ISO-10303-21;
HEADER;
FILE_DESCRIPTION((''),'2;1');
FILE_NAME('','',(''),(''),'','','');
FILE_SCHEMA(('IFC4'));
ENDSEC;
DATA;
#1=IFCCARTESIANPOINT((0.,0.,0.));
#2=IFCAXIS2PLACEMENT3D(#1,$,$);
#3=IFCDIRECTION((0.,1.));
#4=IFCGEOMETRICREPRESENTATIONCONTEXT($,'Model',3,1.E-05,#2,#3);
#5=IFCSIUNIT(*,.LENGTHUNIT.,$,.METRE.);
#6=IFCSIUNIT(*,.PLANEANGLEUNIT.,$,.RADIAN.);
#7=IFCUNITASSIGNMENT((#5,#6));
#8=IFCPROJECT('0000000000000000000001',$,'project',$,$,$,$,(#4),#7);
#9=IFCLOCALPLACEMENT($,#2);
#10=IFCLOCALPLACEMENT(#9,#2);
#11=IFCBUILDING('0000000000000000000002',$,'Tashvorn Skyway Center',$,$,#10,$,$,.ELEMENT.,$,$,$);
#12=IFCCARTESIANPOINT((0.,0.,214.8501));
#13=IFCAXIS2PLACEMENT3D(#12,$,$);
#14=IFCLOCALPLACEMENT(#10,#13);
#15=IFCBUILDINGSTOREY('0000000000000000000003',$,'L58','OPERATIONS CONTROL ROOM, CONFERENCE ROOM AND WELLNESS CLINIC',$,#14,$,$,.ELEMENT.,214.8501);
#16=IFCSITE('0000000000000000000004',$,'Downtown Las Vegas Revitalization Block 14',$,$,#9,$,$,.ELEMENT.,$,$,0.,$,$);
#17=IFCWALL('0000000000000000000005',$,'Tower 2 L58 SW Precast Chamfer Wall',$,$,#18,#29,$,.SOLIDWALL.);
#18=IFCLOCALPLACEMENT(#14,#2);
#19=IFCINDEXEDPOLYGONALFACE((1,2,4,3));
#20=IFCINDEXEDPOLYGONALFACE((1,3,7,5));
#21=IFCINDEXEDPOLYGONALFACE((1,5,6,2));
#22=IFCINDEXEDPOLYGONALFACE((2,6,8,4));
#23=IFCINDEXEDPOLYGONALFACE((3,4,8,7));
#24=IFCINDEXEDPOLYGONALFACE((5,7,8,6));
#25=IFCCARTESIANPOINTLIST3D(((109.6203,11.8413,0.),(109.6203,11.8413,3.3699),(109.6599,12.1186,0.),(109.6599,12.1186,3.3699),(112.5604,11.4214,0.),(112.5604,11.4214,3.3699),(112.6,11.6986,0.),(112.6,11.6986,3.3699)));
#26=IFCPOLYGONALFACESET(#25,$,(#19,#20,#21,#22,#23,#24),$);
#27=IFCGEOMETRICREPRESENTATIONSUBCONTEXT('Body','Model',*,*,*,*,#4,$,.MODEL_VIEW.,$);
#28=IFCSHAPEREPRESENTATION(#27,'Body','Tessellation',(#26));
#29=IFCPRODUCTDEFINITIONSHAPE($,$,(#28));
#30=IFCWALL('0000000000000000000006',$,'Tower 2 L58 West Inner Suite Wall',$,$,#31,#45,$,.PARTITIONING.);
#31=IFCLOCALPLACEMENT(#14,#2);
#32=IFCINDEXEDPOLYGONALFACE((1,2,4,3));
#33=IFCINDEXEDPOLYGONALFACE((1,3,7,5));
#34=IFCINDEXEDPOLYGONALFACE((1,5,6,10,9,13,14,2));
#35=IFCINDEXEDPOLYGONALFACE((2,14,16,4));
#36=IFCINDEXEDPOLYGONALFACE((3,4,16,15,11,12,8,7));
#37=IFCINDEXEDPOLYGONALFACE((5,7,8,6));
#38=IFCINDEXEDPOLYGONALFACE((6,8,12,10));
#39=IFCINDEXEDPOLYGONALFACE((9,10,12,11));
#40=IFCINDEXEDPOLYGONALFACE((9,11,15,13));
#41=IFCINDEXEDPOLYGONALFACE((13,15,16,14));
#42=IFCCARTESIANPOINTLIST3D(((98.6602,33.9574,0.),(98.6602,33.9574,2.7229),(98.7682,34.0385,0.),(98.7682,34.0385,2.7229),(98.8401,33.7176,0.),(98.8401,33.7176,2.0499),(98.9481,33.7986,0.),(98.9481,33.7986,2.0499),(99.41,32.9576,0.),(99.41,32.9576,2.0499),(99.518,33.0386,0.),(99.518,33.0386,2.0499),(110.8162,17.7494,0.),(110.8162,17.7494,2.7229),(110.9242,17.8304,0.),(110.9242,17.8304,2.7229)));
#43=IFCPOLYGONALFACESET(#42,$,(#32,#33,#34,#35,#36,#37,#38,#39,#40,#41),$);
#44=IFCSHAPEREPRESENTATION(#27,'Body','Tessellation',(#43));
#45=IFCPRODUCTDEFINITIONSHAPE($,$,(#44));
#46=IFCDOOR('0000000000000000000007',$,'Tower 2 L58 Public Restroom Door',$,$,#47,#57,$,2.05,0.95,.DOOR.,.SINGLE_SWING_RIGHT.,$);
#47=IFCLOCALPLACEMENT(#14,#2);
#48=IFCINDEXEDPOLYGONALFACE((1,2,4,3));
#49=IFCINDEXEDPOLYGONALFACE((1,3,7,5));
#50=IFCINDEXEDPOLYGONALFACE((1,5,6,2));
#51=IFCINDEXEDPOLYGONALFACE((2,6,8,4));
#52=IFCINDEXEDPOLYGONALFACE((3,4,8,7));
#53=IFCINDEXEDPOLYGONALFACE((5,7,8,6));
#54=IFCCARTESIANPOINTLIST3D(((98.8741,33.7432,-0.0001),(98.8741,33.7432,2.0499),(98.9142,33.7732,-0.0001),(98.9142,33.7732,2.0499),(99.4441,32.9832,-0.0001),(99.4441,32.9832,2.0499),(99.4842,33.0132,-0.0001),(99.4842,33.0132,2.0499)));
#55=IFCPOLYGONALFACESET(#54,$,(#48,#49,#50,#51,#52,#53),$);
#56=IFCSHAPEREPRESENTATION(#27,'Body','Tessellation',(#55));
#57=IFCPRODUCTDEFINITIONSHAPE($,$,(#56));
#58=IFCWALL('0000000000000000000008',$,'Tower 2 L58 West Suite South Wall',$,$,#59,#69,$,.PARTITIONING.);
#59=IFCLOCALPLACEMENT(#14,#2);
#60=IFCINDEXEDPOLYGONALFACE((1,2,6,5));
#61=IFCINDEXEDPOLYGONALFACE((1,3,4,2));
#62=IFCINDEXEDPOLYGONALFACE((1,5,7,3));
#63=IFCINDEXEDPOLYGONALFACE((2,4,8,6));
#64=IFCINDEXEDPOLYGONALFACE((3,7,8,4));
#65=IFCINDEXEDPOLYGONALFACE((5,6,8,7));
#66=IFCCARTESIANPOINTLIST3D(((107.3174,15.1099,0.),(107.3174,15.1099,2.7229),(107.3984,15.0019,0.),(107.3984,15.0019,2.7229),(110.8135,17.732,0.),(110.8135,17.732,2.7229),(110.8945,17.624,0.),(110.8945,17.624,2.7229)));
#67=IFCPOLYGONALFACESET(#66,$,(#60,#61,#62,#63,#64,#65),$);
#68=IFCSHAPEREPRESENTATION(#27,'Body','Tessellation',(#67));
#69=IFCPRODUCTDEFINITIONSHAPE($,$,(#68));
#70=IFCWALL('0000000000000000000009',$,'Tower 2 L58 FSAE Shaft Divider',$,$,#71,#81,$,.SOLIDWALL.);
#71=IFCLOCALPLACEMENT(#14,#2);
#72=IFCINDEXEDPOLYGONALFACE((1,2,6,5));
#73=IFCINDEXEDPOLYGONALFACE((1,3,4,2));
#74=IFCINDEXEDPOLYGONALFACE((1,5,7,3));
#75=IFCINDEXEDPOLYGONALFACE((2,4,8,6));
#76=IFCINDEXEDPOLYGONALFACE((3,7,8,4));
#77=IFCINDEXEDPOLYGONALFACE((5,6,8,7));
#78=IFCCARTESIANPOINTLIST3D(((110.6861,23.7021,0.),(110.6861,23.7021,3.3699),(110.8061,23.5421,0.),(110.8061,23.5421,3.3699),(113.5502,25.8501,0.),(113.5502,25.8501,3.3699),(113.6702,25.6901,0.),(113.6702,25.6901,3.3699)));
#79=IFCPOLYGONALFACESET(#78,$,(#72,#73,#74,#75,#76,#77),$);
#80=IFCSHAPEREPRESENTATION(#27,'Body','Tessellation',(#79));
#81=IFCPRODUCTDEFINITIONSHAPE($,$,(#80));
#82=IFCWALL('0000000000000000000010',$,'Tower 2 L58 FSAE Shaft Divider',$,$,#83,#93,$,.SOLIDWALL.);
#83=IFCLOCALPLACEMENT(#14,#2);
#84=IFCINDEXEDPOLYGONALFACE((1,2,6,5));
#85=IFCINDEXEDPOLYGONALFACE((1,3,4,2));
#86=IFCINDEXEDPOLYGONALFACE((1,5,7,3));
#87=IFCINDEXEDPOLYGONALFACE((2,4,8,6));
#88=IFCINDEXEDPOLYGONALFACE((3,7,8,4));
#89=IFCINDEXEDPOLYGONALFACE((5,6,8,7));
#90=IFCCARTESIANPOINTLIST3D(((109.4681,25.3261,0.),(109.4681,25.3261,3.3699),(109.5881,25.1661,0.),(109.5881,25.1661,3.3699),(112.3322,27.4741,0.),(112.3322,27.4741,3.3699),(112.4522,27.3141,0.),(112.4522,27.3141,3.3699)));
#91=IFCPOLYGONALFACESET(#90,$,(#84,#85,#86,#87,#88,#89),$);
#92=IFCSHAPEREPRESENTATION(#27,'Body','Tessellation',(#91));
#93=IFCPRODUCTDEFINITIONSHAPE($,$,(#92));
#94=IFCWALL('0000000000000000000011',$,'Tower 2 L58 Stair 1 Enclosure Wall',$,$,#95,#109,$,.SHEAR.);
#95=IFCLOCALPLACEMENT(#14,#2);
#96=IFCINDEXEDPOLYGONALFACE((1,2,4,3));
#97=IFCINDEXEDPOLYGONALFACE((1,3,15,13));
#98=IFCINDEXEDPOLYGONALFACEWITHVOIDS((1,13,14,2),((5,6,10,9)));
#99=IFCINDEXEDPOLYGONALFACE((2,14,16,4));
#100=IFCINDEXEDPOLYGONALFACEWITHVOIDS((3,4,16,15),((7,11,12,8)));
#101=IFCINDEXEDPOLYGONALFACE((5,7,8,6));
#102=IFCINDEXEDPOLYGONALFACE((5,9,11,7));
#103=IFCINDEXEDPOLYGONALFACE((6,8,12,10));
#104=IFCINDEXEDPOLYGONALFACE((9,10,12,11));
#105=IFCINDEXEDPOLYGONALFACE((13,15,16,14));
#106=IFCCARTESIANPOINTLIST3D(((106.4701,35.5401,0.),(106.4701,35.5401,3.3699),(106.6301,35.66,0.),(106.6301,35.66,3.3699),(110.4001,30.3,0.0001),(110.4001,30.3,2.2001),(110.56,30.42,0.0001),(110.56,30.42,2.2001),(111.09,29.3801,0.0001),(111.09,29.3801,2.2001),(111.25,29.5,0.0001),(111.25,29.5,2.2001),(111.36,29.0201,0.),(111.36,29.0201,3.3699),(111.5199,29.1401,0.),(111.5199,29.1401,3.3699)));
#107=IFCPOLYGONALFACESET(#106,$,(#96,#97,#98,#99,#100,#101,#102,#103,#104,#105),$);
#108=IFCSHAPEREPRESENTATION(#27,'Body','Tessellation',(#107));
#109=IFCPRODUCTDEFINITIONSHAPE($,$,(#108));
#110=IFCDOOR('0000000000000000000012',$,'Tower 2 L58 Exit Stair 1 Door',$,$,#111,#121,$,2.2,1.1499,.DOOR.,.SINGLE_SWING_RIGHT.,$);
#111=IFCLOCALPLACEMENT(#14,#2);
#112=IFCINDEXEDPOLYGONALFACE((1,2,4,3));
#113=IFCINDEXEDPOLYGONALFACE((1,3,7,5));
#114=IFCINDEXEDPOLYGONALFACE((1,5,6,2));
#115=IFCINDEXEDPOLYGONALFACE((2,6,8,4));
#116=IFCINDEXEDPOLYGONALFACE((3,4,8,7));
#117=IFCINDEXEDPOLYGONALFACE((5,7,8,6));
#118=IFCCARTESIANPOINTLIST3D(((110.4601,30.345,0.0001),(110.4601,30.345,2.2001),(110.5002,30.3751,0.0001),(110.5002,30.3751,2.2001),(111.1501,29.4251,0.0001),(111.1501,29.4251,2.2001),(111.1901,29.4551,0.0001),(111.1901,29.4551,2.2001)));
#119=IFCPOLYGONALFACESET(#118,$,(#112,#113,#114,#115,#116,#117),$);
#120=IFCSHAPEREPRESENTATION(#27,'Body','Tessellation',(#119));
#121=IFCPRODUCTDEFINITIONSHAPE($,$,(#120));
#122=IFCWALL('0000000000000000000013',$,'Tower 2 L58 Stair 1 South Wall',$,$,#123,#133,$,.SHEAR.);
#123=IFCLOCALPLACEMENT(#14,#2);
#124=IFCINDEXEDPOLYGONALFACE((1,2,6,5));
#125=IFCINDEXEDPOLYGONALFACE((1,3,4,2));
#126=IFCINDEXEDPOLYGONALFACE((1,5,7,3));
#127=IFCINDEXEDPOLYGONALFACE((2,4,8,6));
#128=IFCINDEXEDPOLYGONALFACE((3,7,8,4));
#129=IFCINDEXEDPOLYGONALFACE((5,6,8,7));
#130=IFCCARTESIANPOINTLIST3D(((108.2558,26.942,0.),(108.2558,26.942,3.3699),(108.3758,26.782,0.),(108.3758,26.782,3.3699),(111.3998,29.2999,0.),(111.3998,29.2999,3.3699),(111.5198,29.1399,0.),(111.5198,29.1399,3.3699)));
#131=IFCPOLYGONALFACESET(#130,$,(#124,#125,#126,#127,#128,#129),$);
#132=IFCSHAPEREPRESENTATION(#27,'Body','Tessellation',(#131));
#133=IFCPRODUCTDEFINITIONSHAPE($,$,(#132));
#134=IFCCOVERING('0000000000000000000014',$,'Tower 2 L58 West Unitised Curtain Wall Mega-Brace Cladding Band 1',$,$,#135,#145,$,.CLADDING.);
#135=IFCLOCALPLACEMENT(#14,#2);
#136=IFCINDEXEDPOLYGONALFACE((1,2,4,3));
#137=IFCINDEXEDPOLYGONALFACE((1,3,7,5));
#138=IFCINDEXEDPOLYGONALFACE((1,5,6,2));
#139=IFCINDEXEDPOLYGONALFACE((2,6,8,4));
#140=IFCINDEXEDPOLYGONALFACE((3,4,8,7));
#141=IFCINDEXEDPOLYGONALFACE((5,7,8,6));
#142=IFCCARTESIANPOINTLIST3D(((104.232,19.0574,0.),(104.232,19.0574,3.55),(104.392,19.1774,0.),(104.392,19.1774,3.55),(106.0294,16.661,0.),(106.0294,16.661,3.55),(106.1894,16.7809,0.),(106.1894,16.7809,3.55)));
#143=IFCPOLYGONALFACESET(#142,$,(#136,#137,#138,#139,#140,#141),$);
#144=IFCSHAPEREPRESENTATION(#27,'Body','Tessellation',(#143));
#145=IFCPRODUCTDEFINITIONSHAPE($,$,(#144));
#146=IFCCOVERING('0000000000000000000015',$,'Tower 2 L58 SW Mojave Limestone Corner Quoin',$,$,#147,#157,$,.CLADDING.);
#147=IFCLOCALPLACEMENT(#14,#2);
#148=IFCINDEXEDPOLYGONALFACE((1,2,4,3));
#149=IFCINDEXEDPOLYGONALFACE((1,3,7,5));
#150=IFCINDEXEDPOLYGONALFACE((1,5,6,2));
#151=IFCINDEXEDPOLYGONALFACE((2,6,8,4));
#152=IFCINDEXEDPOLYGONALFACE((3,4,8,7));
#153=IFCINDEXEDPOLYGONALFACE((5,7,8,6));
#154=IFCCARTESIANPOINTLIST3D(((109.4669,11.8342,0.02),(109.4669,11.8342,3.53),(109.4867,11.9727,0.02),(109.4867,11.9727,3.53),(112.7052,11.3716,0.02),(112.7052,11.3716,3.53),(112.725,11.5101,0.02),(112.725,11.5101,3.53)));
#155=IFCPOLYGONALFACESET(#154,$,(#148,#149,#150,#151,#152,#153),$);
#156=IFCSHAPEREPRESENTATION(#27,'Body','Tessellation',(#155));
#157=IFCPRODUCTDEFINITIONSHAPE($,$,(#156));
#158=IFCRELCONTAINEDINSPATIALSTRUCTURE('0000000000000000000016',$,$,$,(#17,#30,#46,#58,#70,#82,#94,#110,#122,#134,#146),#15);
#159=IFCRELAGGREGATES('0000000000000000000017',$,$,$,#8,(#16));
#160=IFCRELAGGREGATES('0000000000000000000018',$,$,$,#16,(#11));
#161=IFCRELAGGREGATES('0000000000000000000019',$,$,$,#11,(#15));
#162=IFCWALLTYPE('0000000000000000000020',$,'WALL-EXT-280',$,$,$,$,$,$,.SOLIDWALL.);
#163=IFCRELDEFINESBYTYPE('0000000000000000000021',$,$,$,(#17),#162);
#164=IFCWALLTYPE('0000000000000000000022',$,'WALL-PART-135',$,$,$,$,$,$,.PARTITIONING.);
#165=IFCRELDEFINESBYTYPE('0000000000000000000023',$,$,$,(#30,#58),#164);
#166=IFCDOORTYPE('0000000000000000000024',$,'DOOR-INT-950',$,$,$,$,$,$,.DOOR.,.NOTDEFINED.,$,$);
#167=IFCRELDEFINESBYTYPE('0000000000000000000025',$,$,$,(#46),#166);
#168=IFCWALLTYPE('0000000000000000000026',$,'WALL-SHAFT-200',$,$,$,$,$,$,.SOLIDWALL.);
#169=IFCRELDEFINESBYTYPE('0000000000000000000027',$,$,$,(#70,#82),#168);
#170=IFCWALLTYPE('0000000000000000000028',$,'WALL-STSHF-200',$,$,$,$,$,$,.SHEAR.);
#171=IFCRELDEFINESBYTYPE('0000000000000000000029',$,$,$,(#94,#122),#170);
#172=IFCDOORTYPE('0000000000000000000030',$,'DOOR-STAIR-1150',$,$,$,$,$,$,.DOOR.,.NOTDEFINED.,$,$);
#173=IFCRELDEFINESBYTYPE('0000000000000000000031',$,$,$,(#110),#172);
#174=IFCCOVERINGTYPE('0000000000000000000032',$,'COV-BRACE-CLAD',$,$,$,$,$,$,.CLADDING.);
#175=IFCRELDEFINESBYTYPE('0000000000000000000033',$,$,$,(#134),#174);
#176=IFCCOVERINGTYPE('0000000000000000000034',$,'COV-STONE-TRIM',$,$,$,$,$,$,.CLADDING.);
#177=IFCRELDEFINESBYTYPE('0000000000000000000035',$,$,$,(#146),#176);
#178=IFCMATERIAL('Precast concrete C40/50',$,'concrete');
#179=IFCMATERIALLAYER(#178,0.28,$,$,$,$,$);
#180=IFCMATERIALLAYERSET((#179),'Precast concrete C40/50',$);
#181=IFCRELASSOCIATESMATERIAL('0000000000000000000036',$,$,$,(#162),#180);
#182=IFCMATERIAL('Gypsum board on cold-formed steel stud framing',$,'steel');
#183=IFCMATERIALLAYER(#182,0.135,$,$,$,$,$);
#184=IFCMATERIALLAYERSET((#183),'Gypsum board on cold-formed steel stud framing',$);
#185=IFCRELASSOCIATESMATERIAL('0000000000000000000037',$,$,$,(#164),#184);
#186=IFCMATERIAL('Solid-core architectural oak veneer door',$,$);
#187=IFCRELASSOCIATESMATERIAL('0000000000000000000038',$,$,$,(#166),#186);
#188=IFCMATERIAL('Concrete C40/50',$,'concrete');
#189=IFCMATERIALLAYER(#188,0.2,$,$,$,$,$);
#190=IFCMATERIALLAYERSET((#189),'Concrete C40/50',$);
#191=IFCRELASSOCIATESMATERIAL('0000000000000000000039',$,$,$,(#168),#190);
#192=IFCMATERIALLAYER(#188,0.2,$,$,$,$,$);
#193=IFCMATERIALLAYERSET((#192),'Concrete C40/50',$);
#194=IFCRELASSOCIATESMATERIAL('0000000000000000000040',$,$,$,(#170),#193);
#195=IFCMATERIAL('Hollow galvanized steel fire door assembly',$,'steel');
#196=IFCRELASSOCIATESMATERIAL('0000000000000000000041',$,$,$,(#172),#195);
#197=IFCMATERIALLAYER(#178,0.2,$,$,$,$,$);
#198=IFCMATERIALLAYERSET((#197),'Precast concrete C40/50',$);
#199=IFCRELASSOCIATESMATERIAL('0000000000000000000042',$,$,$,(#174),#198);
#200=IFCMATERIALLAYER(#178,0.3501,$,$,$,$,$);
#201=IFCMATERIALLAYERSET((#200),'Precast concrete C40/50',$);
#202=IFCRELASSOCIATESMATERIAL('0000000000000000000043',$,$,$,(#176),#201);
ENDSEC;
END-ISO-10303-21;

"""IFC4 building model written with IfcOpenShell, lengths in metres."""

from ifc_helpers import new_model, si_unit, direction, frame, frame_2d, origin, origin_2d, place, context, subcontext, project, spatial, rectangle, extrude, material, layer, layer_set, type_object, element, fill, save


model = new_model("IFC4")

# Units and contexts
model_context = context("Model", 3, precision=1e-05, world=origin(), true_north=direction((0.0, 1.0)))
body_context = subcontext(model_context, "Body", "Model", "MODEL_VIEW")
ifc_project = project(units=[si_unit("LENGTHUNIT", "METRE"), si_unit("PLANEANGLEUNIT", "RADIAN")], contexts=[model_context])

# Site, building, storey
site_placement = place(None, origin())
site = spatial("IfcSite", under=ifc_project, at=site_placement, Name="Downtown Las Vegas Revitalization Block 14", CompositionType="ELEMENT", RefElevation=0.0)
building_placement = place(site_placement, origin())
building = spatial("IfcBuilding", under=site, at=building_placement, Name="Tashvorn Skyway Center", CompositionType="ELEMENT")
storey_placement = place(building_placement, frame((0.0, 0.0, 214.8501)))
storey = spatial("IfcBuildingStorey", under=building, at=storey_placement, Name="L58", Description="OPERATIONS CONTROL ROOM, CONFERENCE ROOM AND WELLNESS CLINIC", CompositionType="ELEMENT", Elevation=214.8501)

# Wall
ifc_material_1 = material(Name="Precast concrete C40/50", Category="concrete")
ifc_layer_1 = layer(ifc_material_1, 0.28)
ifc_layer_set_1 = layer_set([ifc_layer_1], Name="Precast concrete C40/50")
wall_type_1 = type_object("IfcWallType", Name="WALL-EXT-280", PredefinedType="SOLIDWALL", material=ifc_layer_set_1)
wall_1_placement = place(storey_placement, frame((112.5801, 11.5601, 0.0), z_axis=(0.0, 0.0, 1.0), x_axis=(-0.989954, 0.141387, 0.0)))
element("IfcWall", 1, at=wall_1_placement, inside=storey, type_object=wall_type_1, Name="Tower 2 L58 SW Precast Chamfer Wall", PredefinedType="SOLIDWALL", context=body_context, shape_type="SweptSolid", body=[
    extrude(rectangle(XDim=2.97, YDim=0.28, at=frame_2d((1.4849, 0.0))), origin(), (0.0, 0.0, 1.0), 3.3699),
])

# Wall, opening, door
ifc_material_2 = material(Name="Gypsum board on cold-formed steel stud framing", Category="steel")
ifc_layer_2 = layer(ifc_material_2, 0.135)
ifc_layer_set_2 = layer_set([ifc_layer_2], Name="Gypsum board on cold-formed steel stud framing")
wall_type_2 = type_object("IfcWallType", Name="WALL-PART-135", PredefinedType="PARTITIONING", material=ifc_layer_set_2)
wall_2_placement = place(storey_placement, frame((110.8701, 17.79, 0.0), z_axis=(0.0, 0.0, 1.0), x_axis=(-0.6, 0.8, 0.0)))
wall_2 = element("IfcWall", 2, at=wall_2_placement, inside=storey, type_object=wall_type_2, Name="Tower 2 L58 West Inner Suite Wall", PredefinedType="PARTITIONING", context=body_context, shape_type="SweptSolid", body=[
    extrude(rectangle(XDim=20.26, YDim=0.135, at=frame_2d((10.1299, 0.0))), origin(), (0.0, 0.0, 1.0), 2.7229),
])
opening_1_placement = place(wall_2_placement, frame((19.01, 0.0, 0.0)))
opening_1 = element("IfcOpeningElement", 3, at=opening_1_placement, cuts=wall_2, PredefinedType="OPENING", context=body_context, shape_type="SweptSolid", body=[
    extrude(rectangle(XDim=0.95, YDim=2.05, at=frame_2d((0.4751, 1.0249))), frame((0.0, 0.0774, 0.0), z_axis=(0.0, -1.0, 0.0), x_axis=(1.0, 0.0, 0.0)), (0.0, 0.0, 1.0), 0.155),
])
ifc_material_3 = material(Name="Solid-core architectural oak veneer door")
door_type_1 = type_object("IfcDoorType", Name="DOOR-INT-950", OperationType="NOTDEFINED", PredefinedType="DOOR", material=ifc_material_3)
door_1_placement = place(opening_1_placement, origin())
door_1 = element("IfcDoor", 4, at=door_1_placement, inside=storey, type_object=door_type_1, Name="Tower 2 L58 Public Restroom Door", OperationType="SINGLE_SWING_RIGHT", OverallHeight=2.05, OverallWidth=0.95, PredefinedType="DOOR", context=body_context, shape_type="SweptSolid", body=[
    extrude(rectangle(XDim=0.95, YDim=2.05, at=frame_2d((0.4751, 1.0249))), frame((0.0, 0.0249, 0.0), z_axis=(0.0, -1.0, 0.0), x_axis=(1.0, 0.0, 0.0)), (0.0, 0.0, 1.0), 0.05),
])
fill(opening_1, door_1)

# Walls
wall_3_placement = place(storey_placement, frame((107.3579, 15.0559, 0.0), z_axis=(0.0, 0.0, 1.0), x_axis=(0.8, 0.6, 0.0)))
element("IfcWall", 5, at=wall_3_placement, inside=storey, type_object=wall_type_2, Name="Tower 2 L58 West Suite South Wall", PredefinedType="PARTITIONING", context=body_context, shape_type="SweptSolid", body=[
    extrude(rectangle(XDim=4.3701, YDim=0.135, at=frame_2d((2.1851, 0.0))), origin(), (0.0, 0.0, 1.0), 2.7229),
])
ifc_material_4 = material(Name="Concrete C40/50", Category="concrete")
ifc_layer_3 = layer(ifc_material_4, 0.2)
ifc_layer_set_3 = layer_set([ifc_layer_3], Name="Concrete C40/50")
wall_type_3 = type_object("IfcWallType", Name="WALL-SHAFT-200", PredefinedType="SOLIDWALL", material=ifc_layer_set_3)
for number, where, z_axis, x_axis, name in (
    (6, (110.7461, 23.6221, 0.0), (0.0, 0.0, 1.0), (0.800008, 0.599989, 0.0), "Tower 2 L58 FSAE Shaft Divider"),
    (7, (109.5281, 25.2461, 0.0), (0.0, 0.0, 1.0), (0.800008, 0.599989, 0.0), "Tower 2 L58 FSAE Shaft Divider"),
):
    element("IfcWall", number, at=place(storey_placement, frame(where, z_axis=z_axis, x_axis=x_axis)), inside=storey, type_object=wall_type_3, Name=name, PredefinedType="SOLIDWALL", context=body_context, shape_type="SweptSolid", body=[
        extrude(rectangle(XDim=3.5801, YDim=0.2, at=frame_2d((1.79, 0.0))), origin(), (0.0, 0.0, 1.0), 3.3699),
    ])

# Wall, opening, door
ifc_layer_4 = layer(ifc_material_4, 0.2)
ifc_layer_set_4 = layer_set([ifc_layer_4], Name="Concrete C40/50")
wall_type_4 = type_object("IfcWallType", Name="WALL-STSHF-200", PredefinedType="SHEAR", material=ifc_layer_set_4)
wall_4_placement = place(storey_placement, frame((111.4399, 29.0801, 0.0), z_axis=(0.0, 0.0, 1.0), x_axis=(-0.59999, 0.800007, 0.0)))
wall_4 = element("IfcWall", 8, at=wall_4_placement, inside=storey, type_object=wall_type_4, Name="Tower 2 L58 Stair 1 Enclosure Wall", PredefinedType="SHEAR", context=body_context, shape_type="SweptSolid", body=[
    extrude(rectangle(XDim=8.1499, YDim=0.2, at=frame_2d((4.075, 0.0))), origin(), (0.0, 0.0, 1.0), 3.3699),
])
opening_2_placement = place(wall_4_placement, frame((0.45, 0.0, 0.0)))
opening_2 = element("IfcOpeningElement", 9, at=opening_2_placement, cuts=wall_4, PredefinedType="OPENING", context=body_context, shape_type="SweptSolid", body=[
    extrude(rectangle(XDim=1.1499, YDim=2.2, at=frame_2d((0.575, 1.1001))), frame((0.0, 0.1099, 0.0), z_axis=(0.0, -1.0, 0.0), x_axis=(1.0, 0.0, 0.0)), (0.0, 0.0, 1.0), 0.22),
])
ifc_material_5 = material(Name="Hollow galvanized steel fire door assembly", Category="steel")
door_type_2 = type_object("IfcDoorType", Name="DOOR-STAIR-1150", OperationType="NOTDEFINED", PredefinedType="DOOR", material=ifc_material_5)
door_2_placement = place(opening_2_placement, origin())
door_2 = element("IfcDoor", 10, at=door_2_placement, inside=storey, type_object=door_type_2, Name="Tower 2 L58 Exit Stair 1 Door", OperationType="SINGLE_SWING_RIGHT", OverallHeight=2.2, OverallWidth=1.1499, PredefinedType="DOOR", context=body_context, shape_type="SweptSolid", body=[
    extrude(rectangle(XDim=1.1499, YDim=2.2, at=frame_2d((0.575, 1.1001))), frame((0.0, 0.0249, 0.0), z_axis=(0.0, -1.0, 0.0), x_axis=(1.0, 0.0, 0.0)), (0.0, 0.0, 1.0), 0.05),
])
fill(opening_2, door_2)

# Wall
wall_5_placement = place(storey_placement, frame((108.3159, 26.8621, 0.0), z_axis=(0.0, 0.0, 1.0), x_axis=(0.800015, 0.59998, 0.0)))
element("IfcWall", 11, at=wall_5_placement, inside=storey, type_object=wall_type_4, Name="Tower 2 L58 Stair 1 South Wall", PredefinedType="SHEAR", context=body_context, shape_type="SweptSolid", body=[
    extrude(rectangle(XDim=3.9299, YDim=0.2, at=frame_2d((1.9648, 0.0))), origin(), (0.0, 0.0, 1.0), 3.3699),
])

# Coverings
ifc_layer_5 = layer(ifc_material_1, 0.2)
ifc_layer_set_5 = layer_set([ifc_layer_5], Name="Precast concrete C40/50")
covering_type_1 = type_object("IfcCoveringType", Name="COV-BRACE-CLAD", PredefinedType="CLADDING", material=ifc_layer_set_5)
covering_1_placement = place(storey_placement, frame((105.2107, 17.9192, 0.0), z_axis=(0.0, 0.0, 1.0), x_axis=(-0.6, 0.8, 0.0)))
element("IfcCovering", 12, at=covering_1_placement, inside=storey, type_object=covering_type_1, Name="Tower 2 L58 West Unitised Curtain Wall Mega-Brace Cladding Band 1", PredefinedType="CLADDING", context=body_context, shape_type="SweptSolid", body=[
    extrude(rectangle(XDim=2.9956, YDim=0.2, at=origin_2d()), origin(), (0.0, 0.0, 1.0), 3.55),
])
ifc_layer_6 = layer(ifc_material_1, 0.3501)
ifc_layer_set_6 = layer_set([ifc_layer_6], Name="Precast concrete C40/50")
covering_type_2 = type_object("IfcCoveringType", Name="COV-STONE-TRIM", PredefinedType="CLADDING", material=ifc_layer_set_6)
covering_2_placement = place(storey_placement, frame((111.0959, 11.6721, 0.02), z_axis=(0.0, 0.0, 1.0), x_axis=(-0.989949, 0.141421, 0.0)))
element("IfcCovering", 13, at=covering_2_placement, inside=storey, type_object=covering_type_2, Name="Tower 2 L58 SW Mojave Limestone Corner Quoin", PredefinedType="CLADDING", context=body_context, shape_type="SweptSolid", body=[
    extrude(rectangle(XDim=3.2712, YDim=0.1399, at=origin_2d()), origin(), (0.0, 0.0, 1.0), 3.51),
])

save(model, "model.ifc")
